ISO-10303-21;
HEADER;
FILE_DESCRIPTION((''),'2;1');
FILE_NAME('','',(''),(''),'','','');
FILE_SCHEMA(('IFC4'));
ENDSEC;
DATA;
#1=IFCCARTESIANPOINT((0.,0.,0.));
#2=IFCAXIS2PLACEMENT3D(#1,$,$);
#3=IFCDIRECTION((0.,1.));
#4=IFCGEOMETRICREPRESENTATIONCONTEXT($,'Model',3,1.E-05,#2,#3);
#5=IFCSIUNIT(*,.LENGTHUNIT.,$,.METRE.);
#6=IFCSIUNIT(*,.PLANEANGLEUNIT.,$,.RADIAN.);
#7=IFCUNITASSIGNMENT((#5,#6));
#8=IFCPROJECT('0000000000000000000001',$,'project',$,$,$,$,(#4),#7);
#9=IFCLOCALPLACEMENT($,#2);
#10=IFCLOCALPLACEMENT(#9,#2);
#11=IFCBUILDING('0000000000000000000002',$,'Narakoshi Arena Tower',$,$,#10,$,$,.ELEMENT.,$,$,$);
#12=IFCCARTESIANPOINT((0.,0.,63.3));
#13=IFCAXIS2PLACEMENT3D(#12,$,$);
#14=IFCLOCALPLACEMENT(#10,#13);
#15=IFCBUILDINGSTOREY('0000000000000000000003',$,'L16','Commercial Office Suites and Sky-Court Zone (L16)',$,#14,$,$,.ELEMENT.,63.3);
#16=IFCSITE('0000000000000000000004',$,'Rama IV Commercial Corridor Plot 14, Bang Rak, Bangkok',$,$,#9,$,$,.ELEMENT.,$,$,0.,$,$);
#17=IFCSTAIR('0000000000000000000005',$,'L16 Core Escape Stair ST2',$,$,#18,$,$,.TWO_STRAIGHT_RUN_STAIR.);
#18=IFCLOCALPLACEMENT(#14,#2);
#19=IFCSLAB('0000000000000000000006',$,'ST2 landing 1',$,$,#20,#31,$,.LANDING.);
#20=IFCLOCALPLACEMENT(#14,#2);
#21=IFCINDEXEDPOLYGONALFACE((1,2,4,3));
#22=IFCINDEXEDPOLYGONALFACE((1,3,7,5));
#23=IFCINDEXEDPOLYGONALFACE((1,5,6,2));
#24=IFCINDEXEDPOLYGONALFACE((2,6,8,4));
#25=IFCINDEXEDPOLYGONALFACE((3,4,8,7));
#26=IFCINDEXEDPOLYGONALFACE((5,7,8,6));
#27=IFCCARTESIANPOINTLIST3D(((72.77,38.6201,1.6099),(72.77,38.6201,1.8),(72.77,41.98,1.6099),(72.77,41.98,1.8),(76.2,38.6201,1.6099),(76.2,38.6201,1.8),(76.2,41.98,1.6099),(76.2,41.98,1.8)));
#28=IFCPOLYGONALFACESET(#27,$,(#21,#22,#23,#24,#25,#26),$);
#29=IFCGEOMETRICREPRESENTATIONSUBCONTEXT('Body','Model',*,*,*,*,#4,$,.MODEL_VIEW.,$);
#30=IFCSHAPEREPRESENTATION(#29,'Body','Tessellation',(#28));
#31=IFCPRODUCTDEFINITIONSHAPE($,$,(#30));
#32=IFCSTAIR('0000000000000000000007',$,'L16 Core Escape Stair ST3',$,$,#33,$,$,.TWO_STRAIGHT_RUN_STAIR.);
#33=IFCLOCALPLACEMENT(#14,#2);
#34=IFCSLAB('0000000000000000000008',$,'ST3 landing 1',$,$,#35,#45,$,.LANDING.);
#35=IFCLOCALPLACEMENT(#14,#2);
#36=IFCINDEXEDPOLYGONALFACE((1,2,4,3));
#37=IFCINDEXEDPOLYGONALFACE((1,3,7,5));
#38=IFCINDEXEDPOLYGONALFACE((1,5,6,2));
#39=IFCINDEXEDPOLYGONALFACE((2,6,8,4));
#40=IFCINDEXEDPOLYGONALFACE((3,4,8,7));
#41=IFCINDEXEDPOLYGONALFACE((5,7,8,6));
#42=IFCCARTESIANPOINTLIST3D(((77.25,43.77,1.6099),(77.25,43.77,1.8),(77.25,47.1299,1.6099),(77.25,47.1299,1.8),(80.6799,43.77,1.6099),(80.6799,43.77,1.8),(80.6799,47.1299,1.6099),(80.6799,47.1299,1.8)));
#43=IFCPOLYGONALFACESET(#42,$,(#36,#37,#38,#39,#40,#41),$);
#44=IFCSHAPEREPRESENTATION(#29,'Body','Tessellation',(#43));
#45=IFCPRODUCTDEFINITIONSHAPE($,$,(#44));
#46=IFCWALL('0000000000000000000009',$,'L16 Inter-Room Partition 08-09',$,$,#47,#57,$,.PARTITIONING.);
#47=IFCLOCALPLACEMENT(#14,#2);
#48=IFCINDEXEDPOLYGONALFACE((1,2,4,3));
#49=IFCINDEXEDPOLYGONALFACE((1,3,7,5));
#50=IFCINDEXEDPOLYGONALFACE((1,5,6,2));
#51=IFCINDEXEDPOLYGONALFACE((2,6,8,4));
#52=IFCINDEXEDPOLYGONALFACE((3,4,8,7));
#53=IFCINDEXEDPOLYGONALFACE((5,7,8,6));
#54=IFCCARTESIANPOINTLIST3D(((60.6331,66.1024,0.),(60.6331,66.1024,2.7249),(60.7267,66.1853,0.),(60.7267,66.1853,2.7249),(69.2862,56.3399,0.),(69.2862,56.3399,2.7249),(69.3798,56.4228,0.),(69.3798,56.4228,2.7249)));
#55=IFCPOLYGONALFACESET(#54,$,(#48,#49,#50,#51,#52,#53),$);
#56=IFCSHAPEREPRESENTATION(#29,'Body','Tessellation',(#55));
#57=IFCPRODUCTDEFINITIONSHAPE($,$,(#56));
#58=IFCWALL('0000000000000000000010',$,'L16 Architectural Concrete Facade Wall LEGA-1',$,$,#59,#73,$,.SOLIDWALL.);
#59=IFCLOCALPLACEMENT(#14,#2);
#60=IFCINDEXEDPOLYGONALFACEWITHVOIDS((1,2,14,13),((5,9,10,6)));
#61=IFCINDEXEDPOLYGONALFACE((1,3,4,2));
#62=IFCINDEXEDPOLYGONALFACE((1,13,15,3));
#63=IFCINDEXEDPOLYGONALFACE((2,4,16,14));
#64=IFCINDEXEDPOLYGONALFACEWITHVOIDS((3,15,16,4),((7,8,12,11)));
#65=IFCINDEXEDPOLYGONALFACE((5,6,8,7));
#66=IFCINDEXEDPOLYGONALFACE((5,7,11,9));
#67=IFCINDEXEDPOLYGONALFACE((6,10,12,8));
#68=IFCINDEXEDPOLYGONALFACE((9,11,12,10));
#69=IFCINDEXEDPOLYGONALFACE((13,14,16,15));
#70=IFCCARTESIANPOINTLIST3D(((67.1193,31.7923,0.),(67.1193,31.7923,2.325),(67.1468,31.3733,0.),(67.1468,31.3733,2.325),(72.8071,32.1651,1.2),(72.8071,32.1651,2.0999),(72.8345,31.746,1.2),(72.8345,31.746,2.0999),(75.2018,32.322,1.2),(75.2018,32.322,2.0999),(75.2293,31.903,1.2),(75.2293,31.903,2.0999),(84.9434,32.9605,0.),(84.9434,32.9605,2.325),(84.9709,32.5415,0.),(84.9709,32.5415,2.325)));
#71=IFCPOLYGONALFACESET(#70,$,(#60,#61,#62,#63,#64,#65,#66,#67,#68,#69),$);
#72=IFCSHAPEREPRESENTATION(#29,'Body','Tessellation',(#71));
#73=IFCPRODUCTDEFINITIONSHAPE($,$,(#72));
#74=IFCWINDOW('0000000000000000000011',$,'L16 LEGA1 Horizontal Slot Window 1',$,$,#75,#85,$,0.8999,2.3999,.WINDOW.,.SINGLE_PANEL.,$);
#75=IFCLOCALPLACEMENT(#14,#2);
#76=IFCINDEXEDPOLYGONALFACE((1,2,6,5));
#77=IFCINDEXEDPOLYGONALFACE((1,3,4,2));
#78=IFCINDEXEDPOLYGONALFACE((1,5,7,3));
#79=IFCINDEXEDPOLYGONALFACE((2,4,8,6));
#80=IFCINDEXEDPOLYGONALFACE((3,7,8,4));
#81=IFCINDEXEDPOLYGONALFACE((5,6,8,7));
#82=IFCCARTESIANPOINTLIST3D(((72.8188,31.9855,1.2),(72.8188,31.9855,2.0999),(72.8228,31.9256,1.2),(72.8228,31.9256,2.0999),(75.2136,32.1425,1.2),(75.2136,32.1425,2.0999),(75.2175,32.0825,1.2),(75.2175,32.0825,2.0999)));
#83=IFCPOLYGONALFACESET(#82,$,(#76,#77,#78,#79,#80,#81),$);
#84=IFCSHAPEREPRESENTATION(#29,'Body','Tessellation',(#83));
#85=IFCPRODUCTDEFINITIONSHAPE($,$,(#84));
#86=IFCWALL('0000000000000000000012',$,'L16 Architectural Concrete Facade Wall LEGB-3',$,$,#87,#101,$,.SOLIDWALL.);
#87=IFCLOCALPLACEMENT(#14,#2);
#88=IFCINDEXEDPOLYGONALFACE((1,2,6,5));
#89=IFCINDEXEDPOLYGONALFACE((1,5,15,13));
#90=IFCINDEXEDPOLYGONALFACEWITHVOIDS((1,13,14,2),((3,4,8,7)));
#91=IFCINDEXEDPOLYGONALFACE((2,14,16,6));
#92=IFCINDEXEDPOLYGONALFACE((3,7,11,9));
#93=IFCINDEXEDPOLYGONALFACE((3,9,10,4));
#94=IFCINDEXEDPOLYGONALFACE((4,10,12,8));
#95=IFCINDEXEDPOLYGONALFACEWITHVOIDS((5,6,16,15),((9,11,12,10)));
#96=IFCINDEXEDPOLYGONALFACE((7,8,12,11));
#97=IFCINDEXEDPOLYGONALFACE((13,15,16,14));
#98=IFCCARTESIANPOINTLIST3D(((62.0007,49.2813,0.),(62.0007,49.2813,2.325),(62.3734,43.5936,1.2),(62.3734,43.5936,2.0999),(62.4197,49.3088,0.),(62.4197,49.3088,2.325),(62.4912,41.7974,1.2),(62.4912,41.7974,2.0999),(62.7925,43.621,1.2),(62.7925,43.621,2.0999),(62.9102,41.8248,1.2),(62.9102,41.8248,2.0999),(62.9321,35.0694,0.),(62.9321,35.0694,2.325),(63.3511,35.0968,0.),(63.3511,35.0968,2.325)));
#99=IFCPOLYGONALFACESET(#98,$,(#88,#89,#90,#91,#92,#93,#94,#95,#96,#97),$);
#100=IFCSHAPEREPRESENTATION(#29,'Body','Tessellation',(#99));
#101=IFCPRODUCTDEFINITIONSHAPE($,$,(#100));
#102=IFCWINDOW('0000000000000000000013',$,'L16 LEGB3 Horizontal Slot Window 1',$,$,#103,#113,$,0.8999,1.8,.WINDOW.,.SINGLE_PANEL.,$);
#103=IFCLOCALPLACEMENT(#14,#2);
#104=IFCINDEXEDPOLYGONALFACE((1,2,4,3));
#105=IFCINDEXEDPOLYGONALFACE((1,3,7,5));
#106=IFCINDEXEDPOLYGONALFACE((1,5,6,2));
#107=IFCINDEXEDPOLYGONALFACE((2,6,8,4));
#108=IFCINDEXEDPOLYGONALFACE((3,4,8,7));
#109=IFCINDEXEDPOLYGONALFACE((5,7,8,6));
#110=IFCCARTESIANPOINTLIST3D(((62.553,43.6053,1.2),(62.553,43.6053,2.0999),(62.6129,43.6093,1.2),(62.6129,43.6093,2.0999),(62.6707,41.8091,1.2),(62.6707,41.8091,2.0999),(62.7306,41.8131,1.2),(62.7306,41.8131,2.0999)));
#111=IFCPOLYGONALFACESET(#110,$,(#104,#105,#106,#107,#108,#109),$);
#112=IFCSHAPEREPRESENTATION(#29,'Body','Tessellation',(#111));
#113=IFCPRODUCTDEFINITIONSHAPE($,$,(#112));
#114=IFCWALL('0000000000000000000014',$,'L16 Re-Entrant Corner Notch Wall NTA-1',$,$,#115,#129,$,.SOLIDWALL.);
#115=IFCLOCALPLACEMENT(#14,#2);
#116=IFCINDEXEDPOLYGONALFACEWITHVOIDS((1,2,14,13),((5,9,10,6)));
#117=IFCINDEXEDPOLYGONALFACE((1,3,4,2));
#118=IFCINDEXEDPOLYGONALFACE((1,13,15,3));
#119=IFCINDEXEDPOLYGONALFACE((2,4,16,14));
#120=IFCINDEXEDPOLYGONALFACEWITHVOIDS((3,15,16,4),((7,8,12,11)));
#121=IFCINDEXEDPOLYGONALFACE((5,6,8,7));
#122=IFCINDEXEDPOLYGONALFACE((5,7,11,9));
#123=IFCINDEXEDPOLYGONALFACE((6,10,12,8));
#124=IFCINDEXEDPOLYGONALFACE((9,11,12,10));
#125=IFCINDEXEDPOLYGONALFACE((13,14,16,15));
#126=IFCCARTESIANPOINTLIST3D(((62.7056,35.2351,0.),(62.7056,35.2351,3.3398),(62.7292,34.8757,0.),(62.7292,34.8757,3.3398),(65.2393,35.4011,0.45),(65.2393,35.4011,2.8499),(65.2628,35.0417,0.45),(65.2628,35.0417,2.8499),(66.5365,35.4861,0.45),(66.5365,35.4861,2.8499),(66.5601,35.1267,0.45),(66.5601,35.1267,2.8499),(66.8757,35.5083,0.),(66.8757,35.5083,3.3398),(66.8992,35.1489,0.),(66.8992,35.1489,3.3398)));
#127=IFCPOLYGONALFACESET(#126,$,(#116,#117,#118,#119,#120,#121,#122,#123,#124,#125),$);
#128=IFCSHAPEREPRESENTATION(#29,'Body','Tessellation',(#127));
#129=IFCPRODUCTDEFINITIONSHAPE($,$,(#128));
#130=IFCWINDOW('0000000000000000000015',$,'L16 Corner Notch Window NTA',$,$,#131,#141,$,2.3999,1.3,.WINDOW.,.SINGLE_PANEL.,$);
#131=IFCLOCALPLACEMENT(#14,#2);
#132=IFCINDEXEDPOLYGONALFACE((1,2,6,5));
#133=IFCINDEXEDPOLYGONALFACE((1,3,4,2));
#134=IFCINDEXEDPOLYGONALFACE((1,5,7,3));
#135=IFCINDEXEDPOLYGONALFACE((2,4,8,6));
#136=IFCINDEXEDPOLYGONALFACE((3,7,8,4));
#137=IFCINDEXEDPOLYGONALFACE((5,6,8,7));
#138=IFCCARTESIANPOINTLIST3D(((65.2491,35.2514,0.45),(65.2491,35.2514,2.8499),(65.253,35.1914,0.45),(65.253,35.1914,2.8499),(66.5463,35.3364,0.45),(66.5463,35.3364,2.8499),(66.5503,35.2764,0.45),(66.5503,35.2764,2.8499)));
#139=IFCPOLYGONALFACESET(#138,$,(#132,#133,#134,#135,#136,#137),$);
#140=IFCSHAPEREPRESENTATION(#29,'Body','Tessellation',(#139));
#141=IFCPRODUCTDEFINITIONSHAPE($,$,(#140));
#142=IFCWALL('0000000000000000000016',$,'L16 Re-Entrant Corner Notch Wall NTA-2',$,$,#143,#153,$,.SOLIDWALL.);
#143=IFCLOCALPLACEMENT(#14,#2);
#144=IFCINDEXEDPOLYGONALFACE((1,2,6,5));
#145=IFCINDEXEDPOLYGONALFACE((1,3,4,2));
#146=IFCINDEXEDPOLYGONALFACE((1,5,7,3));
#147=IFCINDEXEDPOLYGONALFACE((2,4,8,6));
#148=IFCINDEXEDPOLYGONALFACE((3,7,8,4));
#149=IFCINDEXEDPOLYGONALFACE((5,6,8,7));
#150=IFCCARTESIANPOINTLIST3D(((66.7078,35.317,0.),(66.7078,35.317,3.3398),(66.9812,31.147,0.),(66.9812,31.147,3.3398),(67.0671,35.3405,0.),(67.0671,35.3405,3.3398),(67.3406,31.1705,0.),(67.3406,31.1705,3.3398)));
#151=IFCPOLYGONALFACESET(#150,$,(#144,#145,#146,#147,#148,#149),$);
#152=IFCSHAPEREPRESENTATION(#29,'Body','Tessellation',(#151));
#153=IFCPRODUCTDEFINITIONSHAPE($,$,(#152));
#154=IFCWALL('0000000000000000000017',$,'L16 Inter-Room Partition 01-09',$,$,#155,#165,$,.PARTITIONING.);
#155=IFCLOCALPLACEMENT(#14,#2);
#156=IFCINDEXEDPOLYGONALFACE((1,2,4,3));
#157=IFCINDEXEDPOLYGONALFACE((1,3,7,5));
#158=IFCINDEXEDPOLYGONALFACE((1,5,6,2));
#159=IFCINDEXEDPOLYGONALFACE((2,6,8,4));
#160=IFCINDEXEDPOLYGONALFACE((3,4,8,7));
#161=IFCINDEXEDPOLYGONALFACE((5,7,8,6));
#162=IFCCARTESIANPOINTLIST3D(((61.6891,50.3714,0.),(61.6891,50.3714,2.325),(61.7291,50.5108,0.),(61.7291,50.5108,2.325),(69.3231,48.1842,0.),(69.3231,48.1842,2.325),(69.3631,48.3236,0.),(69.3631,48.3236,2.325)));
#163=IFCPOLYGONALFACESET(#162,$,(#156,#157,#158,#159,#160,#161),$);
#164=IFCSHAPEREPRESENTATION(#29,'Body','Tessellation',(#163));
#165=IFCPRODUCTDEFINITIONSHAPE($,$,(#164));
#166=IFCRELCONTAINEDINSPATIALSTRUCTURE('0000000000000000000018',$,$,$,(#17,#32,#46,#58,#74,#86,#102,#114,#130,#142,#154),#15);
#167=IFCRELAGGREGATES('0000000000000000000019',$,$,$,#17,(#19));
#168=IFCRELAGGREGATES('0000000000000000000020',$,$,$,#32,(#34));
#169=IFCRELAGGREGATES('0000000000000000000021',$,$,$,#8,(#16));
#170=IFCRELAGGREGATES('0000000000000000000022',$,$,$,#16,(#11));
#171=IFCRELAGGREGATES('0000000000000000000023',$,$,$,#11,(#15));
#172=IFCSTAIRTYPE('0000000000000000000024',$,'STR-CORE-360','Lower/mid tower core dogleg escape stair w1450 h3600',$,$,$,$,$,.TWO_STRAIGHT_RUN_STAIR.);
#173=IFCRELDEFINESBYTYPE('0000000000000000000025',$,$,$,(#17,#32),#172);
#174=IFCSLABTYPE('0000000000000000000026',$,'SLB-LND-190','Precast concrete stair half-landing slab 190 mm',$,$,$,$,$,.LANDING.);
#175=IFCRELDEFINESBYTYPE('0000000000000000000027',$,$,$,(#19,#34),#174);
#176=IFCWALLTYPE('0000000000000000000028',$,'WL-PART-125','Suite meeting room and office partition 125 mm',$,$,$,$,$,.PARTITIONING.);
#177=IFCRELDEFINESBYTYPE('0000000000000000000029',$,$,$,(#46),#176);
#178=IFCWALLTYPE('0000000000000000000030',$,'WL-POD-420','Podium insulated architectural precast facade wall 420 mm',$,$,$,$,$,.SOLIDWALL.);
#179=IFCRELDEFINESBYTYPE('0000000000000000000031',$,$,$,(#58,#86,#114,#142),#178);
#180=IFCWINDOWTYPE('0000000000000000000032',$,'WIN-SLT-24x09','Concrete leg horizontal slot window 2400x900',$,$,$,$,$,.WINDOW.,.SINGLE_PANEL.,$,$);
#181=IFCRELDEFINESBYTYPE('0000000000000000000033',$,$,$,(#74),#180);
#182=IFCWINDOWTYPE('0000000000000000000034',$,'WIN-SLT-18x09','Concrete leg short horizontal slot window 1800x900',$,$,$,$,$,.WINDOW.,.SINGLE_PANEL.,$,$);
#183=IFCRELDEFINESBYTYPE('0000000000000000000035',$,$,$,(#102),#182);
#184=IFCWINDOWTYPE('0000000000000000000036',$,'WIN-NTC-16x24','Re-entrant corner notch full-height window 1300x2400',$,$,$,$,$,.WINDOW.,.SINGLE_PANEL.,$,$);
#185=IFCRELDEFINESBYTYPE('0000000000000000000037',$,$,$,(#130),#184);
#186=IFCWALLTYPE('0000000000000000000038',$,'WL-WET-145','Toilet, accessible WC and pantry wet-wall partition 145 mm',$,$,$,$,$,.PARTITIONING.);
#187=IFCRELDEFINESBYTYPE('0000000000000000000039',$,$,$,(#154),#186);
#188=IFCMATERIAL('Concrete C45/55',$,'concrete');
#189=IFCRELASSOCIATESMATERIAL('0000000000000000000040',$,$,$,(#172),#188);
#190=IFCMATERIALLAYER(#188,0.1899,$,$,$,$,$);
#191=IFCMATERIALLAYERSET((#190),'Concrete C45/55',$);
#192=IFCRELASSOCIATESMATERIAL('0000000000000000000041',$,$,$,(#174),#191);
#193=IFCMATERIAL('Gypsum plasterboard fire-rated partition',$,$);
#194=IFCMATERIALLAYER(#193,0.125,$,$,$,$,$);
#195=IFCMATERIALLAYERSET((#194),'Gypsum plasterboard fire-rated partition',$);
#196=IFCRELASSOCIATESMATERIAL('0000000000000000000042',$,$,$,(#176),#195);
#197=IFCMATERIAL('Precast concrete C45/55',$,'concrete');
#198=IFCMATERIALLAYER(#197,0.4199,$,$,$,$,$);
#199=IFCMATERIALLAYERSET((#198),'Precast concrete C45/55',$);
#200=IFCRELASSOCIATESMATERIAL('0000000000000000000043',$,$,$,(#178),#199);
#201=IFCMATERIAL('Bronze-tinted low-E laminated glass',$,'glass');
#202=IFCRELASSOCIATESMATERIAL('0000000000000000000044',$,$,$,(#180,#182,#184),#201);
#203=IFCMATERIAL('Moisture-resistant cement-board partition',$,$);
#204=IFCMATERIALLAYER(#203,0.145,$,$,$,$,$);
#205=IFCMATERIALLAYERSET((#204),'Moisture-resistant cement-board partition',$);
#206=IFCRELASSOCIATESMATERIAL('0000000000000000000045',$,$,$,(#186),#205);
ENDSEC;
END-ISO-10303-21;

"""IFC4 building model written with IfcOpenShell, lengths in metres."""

from ifc_helpers import new_model, si_unit, direction, frame, frame_2d, origin, place, context, subcontext, project, spatial, polyline, rectangle, outline, extrude, material, layer, layer_set, type_object, element, fill, aggregate, save


model = new_model("IFC4")

# Units and contexts
model_context = context("Model", 3, precision=1e-05, world=origin(), true_north=direction((0.0, 1.0)))
body_context = subcontext(model_context, "Body", "Model", "MODEL_VIEW")
ifc_project = project(units=[si_unit("LENGTHUNIT", "METRE"), si_unit("PLANEANGLEUNIT", "RADIAN")], contexts=[model_context])

# Site, building, storey
site_placement = place(None, origin())
site = spatial("IfcSite", under=ifc_project, at=site_placement, Name="Rama IV Commercial Corridor Plot 14, Bang Rak, Bangkok", CompositionType="ELEMENT", RefElevation=0.0)
building_placement = place(site_placement, origin())
building = spatial("IfcBuilding", under=site, at=building_placement, Name="Narakoshi Arena Tower", CompositionType="ELEMENT")
storey_placement = place(building_placement, frame((0.0, 0.0, 63.3)))
storey = spatial("IfcBuildingStorey", under=building, at=storey_placement, Name="L16", Description="Commercial Office Suites and Sky-Court Zone (L16)", CompositionType="ELEMENT", Elevation=63.3)

# Shared definitions
ifc_material_1 = material(Name="Concrete C45/55", Category="concrete")

# Stairs, slabs
stair_type = type_object("IfcStairType", Name="STR-CORE-360", Description="Lower/mid tower core dogleg escape stair w1450 h3600", PredefinedType="TWO_STRAIGHT_RUN_STAIR", material=ifc_material_1)
ifc_layer_1 = layer(ifc_material_1, 0.1899)
ifc_layer_set_1 = layer_set([ifc_layer_1], Name="Concrete C45/55")
slab_type_1 = type_object("IfcSlabType", Name="SLB-LND-190", Description="Precast concrete stair half-landing slab 190 mm", PredefinedType="LANDING", material=ifc_layer_set_1)
stair_1_placement = place(storey_placement, origin())
stair_1 = element("IfcStair", 1, at=stair_1_placement, inside=storey, type_object=stair_type, Name="L16 Core Escape Stair ST2", PredefinedType="TWO_STRAIGHT_RUN_STAIR")
slab_1_placement = place(storey_placement, frame((0.0, 0.0, 1.6099)))
slab_1 = element("IfcSlab", 2, at=slab_1_placement, type_object=slab_type_1, Name="ST2 landing 1", PredefinedType="LANDING", context=body_context, shape_type="SweptSolid", body=[
    extrude(outline(polyline([(72.77, 38.6201), (76.2, 38.6201), (76.2, 41.98), (72.77, 41.98), (72.77, 38.6201)])), origin(), (0.0, 0.0, 1.0), 0.1902),
])
aggregate(stair_1, [slab_1])
stair_2_placement = place(storey_placement, origin())
stair_2 = element("IfcStair", 3, at=stair_2_placement, inside=storey, type_object=stair_type, Name="L16 Core Escape Stair ST3", PredefinedType="TWO_STRAIGHT_RUN_STAIR")
slab_2_placement = place(storey_placement, frame((0.0, 0.0, 1.6099)))
slab_2 = element("IfcSlab", 4, at=slab_2_placement, type_object=slab_type_1, Name="ST3 landing 1", PredefinedType="LANDING", context=body_context, shape_type="SweptSolid", body=[
    extrude(outline(polyline([(77.25, 43.77), (80.6799, 43.77), (80.6799, 47.1299), (77.25, 47.1299), (77.25, 43.77)])), origin(), (0.0, 0.0, 1.0), 0.1902),
])
aggregate(stair_2, [slab_2])

# Wall
ifc_material_2 = material(Name="Gypsum plasterboard fire-rated partition")
ifc_layer_2 = layer(ifc_material_2, 0.125)
ifc_layer_set_2 = layer_set([ifc_layer_2], Name="Gypsum plasterboard fire-rated partition")
wall_type_1 = type_object("IfcWallType", Name="WL-PART-125", Description="Suite meeting room and office partition 125 mm", PredefinedType="PARTITIONING", material=ifc_layer_set_2)
wall_1_placement = place(storey_placement, frame((69.333, 56.3813, 0.0), z_axis=(0.0, 0.0, 1.0), x_axis=(-0.663307, 0.748347, 0.0)))
element("IfcWall", 5, at=wall_1_placement, inside=storey, type_object=wall_type_1, Name="L16 Inter-Room Partition 08-09", PredefinedType="PARTITIONING", context=body_context, shape_type="SweptSolid", body=[
    extrude(rectangle(XDim=13.0454, YDim=0.125, at=frame_2d((6.5227, 0.0))), origin(), (0.0, 0.0, 1.0), 2.7249),
])

# Walls, openings, windows
ifc_material_3 = material(Name="Precast concrete C45/55", Category="concrete")
ifc_layer_3 = layer(ifc_material_3, 0.4199)
ifc_layer_set_3 = layer_set([ifc_layer_3], Name="Precast concrete C45/55")
wall_type_2 = type_object("IfcWallType", Name="WL-POD-420", Description="Podium insulated architectural precast facade wall 420 mm", PredefinedType="SOLIDWALL", material=ifc_layer_set_3)
wall_2_placement = place(storey_placement, frame((67.1331, 31.5828, 0.0), z_axis=(0.0, 0.0, 1.0), x_axis=(0.997859, 0.065401, 0.0)))
wall_2 = element("IfcWall", 6, at=wall_2_placement, inside=storey, type_object=wall_type_2, Name="L16 Architectural Concrete Facade Wall LEGA-1", PredefinedType="SOLIDWALL", context=body_context, shape_type="SweptSolid", body=[
    extrude(rectangle(XDim=17.8623, YDim=0.4199, at=frame_2d((8.9312, 0.0))), origin(), (0.0, 0.0, 1.0), 2.325),
])
opening_1_placement = place(wall_2_placement, frame((5.7, 0.0, 1.2)))
opening_1 = element("IfcOpeningElement", 7, at=opening_1_placement, cuts=wall_2, PredefinedType="OPENING", context=body_context, shape_type="SweptSolid", body=[
    extrude(rectangle(XDim=2.3999, YDim=0.8999, at=frame_2d((1.2, 0.45))), frame((0.0, 0.22, 0.0), z_axis=(0.0, -1.0, 0.0), x_axis=(1.0, 0.0, 0.0)), (0.0, 0.0, 1.0), 0.4399),
])
ifc_material_4 = material(Name="Bronze-tinted low-E laminated glass", Category="glass")
window_type_1 = type_object("IfcWindowType", Name="WIN-SLT-24x09", Description="Concrete leg horizontal slot window 2400x900", PartitioningType="SINGLE_PANEL", PredefinedType="WINDOW", material=ifc_material_4)
window_1_placement = place(opening_1_placement, origin())
window_1 = element("IfcWindow", 8, at=window_1_placement, inside=storey, type_object=window_type_1, Name="L16 LEGA1 Horizontal Slot Window 1", OverallHeight=0.8999, OverallWidth=2.3999, PartitioningType="SINGLE_PANEL", PredefinedType="WINDOW", context=body_context, shape_type="SweptSolid", body=[
    extrude(rectangle(XDim=2.3999, YDim=0.8999, at=frame_2d((1.2, 0.45))), frame((0.0, 0.03, 0.0), z_axis=(0.0, -1.0, 0.0), x_axis=(1.0, 0.0, 0.0)), (0.0, 0.0, 1.0), 0.0601),
])
fill(opening_1, window_1)
wall_3_placement = place(storey_placement, frame((62.2102, 49.2949, 0.0), z_axis=(0.0, 0.0, 1.0), x_axis=(0.065396, -0.997859, 0.0)))
wall_3 = element("IfcWall", 9, at=wall_3_placement, inside=storey, type_object=wall_type_2, Name="L16 Architectural Concrete Facade Wall LEGB-3", PredefinedType="SOLIDWALL", context=body_context, shape_type="SweptSolid", body=[
    extrude(rectangle(XDim=14.2424, YDim=0.4199, at=frame_2d((7.1211, 0.0))), origin(), (0.0, 0.0, 1.0), 2.325),
])
opening_2_placement = place(wall_3_placement, frame((5.7, 0.0, 1.2)))
opening_2 = element("IfcOpeningElement", 10, at=opening_2_placement, cuts=wall_3, PredefinedType="OPENING", context=body_context, shape_type="SweptSolid", body=[
    extrude(rectangle(XDim=1.8, YDim=0.8999, at=frame_2d((0.8999, 0.45))), frame((0.0, 0.22, 0.0), z_axis=(0.0, -1.0, 0.0), x_axis=(1.0, 0.0, 0.0)), (0.0, 0.0, 1.0), 0.4399),
])
window_type_2 = type_object("IfcWindowType", Name="WIN-SLT-18x09", Description="Concrete leg short horizontal slot window 1800x900", PartitioningType="SINGLE_PANEL", PredefinedType="WINDOW", material=ifc_material_4)
window_2_placement = place(opening_2_placement, origin())
window_2 = element("IfcWindow", 11, at=window_2_placement, inside=storey, type_object=window_type_2, Name="L16 LEGB3 Horizontal Slot Window 1", OverallHeight=0.8999, OverallWidth=1.8, PartitioningType="SINGLE_PANEL", PredefinedType="WINDOW", context=body_context, shape_type="SweptSolid", body=[
    extrude(rectangle(XDim=1.8, YDim=0.8999, at=frame_2d((0.8999, 0.45))), frame((0.0, 0.03, 0.0), z_axis=(0.0, -1.0, 0.0), x_axis=(1.0, 0.0, 0.0)), (0.0, 0.0, 1.0), 0.0601),
])
fill(opening_2, window_2)
wall_4_placement = place(storey_placement, frame((62.7175, 35.0554, 0.0), z_axis=(0.0, 0.0, 1.0), x_axis=(0.997861, 0.065375, 0.0)))
wall_4 = element("IfcWall", 12, at=wall_4_placement, inside=storey, type_object=wall_type_2, Name="L16 Re-Entrant Corner Notch Wall NTA-1", PredefinedType="SOLIDWALL", context=body_context, shape_type="SweptSolid", body=[
    extrude(rectangle(XDim=4.179, YDim=0.3601, at=frame_2d((2.0894, 0.0))), origin(), (0.0, 0.0, 1.0), 3.3398),
])
opening_3_placement = place(wall_4_placement, frame((2.5391, 0.0, 0.45)))
opening_3 = element("IfcOpeningElement", 13, at=opening_3_placement, cuts=wall_4, PredefinedType="OPENING", context=body_context, shape_type="SweptSolid", body=[
    extrude(rectangle(XDim=1.3, YDim=2.3999, at=frame_2d((0.6499, 1.2))), frame((0.0, 0.1899, 0.0), z_axis=(0.0, -1.0, 0.0), x_axis=(1.0, 0.0, 0.0)), (0.0, 0.0, 1.0), 0.3801),
])
window_type_3 = type_object("IfcWindowType", Name="WIN-NTC-16x24", Description="Re-entrant corner notch full-height window 1300x2400", PartitioningType="SINGLE_PANEL", PredefinedType="WINDOW", material=ifc_material_4)
window_3_placement = place(opening_3_placement, origin())
window_3 = element("IfcWindow", 14, at=window_3_placement, inside=storey, type_object=window_type_3, Name="L16 Corner Notch Window NTA", OverallHeight=2.3999, OverallWidth=1.3, PartitioningType="SINGLE_PANEL", PredefinedType="WINDOW", context=body_context, shape_type="SweptSolid", body=[
    extrude(rectangle(XDim=1.3, YDim=2.3999, at=frame_2d((0.6499, 1.2))), frame((0.0, 0.03, 0.0), z_axis=(0.0, -1.0, 0.0), x_axis=(1.0, 0.0, 0.0)), (0.0, 0.0, 1.0), 0.0601),
])
fill(opening_3, window_3)

# Walls
wall_5_placement = place(storey_placement, frame((66.8875, 35.3286, 0.0), z_axis=(0.0, 0.0, 1.0), x_axis=(0.065433, -0.997857, 0.0)))
element("IfcWall", 15, at=wall_5_placement, inside=storey, type_object=wall_type_2, Name="L16 Re-Entrant Corner Notch Wall NTA-2", PredefinedType="SOLIDWALL", context=body_context, shape_type="SweptSolid", body=[
    extrude(rectangle(XDim=4.179, YDim=0.3601, at=frame_2d((2.0894, 0.0))), origin(), (0.0, 0.0, 1.0), 3.3398),
])
ifc_material_5 = material(Name="Moisture-resistant cement-board partition")
ifc_layer_4 = layer(ifc_material_5, 0.145)
ifc_layer_set_4 = layer_set([ifc_layer_4], Name="Moisture-resistant cement-board partition")
wall_type_3 = type_object("IfcWallType", Name="WL-WET-145", Description="Toilet, accessible WC and pantry wet-wall partition 145 mm", PredefinedType="PARTITIONING", material=ifc_layer_set_4)
wall_6_placement = place(storey_placement, frame((61.709, 50.4412, 0.0), z_axis=(0.0, 0.0, 1.0), x_axis=(0.961321, -0.275432, 0.0)))
element("IfcWall", 16, at=wall_6_placement, inside=storey, type_object=wall_type_3, Name="L16 Inter-Room Partition 01-09", PredefinedType="PARTITIONING", context=body_context, shape_type="SweptSolid", body=[
    extrude(rectangle(XDim=7.9412, YDim=0.145, at=frame_2d((3.9707, 0.0))), origin(), (0.0, 0.0, 1.0), 2.325),
])

save(model, "model.ifc")
